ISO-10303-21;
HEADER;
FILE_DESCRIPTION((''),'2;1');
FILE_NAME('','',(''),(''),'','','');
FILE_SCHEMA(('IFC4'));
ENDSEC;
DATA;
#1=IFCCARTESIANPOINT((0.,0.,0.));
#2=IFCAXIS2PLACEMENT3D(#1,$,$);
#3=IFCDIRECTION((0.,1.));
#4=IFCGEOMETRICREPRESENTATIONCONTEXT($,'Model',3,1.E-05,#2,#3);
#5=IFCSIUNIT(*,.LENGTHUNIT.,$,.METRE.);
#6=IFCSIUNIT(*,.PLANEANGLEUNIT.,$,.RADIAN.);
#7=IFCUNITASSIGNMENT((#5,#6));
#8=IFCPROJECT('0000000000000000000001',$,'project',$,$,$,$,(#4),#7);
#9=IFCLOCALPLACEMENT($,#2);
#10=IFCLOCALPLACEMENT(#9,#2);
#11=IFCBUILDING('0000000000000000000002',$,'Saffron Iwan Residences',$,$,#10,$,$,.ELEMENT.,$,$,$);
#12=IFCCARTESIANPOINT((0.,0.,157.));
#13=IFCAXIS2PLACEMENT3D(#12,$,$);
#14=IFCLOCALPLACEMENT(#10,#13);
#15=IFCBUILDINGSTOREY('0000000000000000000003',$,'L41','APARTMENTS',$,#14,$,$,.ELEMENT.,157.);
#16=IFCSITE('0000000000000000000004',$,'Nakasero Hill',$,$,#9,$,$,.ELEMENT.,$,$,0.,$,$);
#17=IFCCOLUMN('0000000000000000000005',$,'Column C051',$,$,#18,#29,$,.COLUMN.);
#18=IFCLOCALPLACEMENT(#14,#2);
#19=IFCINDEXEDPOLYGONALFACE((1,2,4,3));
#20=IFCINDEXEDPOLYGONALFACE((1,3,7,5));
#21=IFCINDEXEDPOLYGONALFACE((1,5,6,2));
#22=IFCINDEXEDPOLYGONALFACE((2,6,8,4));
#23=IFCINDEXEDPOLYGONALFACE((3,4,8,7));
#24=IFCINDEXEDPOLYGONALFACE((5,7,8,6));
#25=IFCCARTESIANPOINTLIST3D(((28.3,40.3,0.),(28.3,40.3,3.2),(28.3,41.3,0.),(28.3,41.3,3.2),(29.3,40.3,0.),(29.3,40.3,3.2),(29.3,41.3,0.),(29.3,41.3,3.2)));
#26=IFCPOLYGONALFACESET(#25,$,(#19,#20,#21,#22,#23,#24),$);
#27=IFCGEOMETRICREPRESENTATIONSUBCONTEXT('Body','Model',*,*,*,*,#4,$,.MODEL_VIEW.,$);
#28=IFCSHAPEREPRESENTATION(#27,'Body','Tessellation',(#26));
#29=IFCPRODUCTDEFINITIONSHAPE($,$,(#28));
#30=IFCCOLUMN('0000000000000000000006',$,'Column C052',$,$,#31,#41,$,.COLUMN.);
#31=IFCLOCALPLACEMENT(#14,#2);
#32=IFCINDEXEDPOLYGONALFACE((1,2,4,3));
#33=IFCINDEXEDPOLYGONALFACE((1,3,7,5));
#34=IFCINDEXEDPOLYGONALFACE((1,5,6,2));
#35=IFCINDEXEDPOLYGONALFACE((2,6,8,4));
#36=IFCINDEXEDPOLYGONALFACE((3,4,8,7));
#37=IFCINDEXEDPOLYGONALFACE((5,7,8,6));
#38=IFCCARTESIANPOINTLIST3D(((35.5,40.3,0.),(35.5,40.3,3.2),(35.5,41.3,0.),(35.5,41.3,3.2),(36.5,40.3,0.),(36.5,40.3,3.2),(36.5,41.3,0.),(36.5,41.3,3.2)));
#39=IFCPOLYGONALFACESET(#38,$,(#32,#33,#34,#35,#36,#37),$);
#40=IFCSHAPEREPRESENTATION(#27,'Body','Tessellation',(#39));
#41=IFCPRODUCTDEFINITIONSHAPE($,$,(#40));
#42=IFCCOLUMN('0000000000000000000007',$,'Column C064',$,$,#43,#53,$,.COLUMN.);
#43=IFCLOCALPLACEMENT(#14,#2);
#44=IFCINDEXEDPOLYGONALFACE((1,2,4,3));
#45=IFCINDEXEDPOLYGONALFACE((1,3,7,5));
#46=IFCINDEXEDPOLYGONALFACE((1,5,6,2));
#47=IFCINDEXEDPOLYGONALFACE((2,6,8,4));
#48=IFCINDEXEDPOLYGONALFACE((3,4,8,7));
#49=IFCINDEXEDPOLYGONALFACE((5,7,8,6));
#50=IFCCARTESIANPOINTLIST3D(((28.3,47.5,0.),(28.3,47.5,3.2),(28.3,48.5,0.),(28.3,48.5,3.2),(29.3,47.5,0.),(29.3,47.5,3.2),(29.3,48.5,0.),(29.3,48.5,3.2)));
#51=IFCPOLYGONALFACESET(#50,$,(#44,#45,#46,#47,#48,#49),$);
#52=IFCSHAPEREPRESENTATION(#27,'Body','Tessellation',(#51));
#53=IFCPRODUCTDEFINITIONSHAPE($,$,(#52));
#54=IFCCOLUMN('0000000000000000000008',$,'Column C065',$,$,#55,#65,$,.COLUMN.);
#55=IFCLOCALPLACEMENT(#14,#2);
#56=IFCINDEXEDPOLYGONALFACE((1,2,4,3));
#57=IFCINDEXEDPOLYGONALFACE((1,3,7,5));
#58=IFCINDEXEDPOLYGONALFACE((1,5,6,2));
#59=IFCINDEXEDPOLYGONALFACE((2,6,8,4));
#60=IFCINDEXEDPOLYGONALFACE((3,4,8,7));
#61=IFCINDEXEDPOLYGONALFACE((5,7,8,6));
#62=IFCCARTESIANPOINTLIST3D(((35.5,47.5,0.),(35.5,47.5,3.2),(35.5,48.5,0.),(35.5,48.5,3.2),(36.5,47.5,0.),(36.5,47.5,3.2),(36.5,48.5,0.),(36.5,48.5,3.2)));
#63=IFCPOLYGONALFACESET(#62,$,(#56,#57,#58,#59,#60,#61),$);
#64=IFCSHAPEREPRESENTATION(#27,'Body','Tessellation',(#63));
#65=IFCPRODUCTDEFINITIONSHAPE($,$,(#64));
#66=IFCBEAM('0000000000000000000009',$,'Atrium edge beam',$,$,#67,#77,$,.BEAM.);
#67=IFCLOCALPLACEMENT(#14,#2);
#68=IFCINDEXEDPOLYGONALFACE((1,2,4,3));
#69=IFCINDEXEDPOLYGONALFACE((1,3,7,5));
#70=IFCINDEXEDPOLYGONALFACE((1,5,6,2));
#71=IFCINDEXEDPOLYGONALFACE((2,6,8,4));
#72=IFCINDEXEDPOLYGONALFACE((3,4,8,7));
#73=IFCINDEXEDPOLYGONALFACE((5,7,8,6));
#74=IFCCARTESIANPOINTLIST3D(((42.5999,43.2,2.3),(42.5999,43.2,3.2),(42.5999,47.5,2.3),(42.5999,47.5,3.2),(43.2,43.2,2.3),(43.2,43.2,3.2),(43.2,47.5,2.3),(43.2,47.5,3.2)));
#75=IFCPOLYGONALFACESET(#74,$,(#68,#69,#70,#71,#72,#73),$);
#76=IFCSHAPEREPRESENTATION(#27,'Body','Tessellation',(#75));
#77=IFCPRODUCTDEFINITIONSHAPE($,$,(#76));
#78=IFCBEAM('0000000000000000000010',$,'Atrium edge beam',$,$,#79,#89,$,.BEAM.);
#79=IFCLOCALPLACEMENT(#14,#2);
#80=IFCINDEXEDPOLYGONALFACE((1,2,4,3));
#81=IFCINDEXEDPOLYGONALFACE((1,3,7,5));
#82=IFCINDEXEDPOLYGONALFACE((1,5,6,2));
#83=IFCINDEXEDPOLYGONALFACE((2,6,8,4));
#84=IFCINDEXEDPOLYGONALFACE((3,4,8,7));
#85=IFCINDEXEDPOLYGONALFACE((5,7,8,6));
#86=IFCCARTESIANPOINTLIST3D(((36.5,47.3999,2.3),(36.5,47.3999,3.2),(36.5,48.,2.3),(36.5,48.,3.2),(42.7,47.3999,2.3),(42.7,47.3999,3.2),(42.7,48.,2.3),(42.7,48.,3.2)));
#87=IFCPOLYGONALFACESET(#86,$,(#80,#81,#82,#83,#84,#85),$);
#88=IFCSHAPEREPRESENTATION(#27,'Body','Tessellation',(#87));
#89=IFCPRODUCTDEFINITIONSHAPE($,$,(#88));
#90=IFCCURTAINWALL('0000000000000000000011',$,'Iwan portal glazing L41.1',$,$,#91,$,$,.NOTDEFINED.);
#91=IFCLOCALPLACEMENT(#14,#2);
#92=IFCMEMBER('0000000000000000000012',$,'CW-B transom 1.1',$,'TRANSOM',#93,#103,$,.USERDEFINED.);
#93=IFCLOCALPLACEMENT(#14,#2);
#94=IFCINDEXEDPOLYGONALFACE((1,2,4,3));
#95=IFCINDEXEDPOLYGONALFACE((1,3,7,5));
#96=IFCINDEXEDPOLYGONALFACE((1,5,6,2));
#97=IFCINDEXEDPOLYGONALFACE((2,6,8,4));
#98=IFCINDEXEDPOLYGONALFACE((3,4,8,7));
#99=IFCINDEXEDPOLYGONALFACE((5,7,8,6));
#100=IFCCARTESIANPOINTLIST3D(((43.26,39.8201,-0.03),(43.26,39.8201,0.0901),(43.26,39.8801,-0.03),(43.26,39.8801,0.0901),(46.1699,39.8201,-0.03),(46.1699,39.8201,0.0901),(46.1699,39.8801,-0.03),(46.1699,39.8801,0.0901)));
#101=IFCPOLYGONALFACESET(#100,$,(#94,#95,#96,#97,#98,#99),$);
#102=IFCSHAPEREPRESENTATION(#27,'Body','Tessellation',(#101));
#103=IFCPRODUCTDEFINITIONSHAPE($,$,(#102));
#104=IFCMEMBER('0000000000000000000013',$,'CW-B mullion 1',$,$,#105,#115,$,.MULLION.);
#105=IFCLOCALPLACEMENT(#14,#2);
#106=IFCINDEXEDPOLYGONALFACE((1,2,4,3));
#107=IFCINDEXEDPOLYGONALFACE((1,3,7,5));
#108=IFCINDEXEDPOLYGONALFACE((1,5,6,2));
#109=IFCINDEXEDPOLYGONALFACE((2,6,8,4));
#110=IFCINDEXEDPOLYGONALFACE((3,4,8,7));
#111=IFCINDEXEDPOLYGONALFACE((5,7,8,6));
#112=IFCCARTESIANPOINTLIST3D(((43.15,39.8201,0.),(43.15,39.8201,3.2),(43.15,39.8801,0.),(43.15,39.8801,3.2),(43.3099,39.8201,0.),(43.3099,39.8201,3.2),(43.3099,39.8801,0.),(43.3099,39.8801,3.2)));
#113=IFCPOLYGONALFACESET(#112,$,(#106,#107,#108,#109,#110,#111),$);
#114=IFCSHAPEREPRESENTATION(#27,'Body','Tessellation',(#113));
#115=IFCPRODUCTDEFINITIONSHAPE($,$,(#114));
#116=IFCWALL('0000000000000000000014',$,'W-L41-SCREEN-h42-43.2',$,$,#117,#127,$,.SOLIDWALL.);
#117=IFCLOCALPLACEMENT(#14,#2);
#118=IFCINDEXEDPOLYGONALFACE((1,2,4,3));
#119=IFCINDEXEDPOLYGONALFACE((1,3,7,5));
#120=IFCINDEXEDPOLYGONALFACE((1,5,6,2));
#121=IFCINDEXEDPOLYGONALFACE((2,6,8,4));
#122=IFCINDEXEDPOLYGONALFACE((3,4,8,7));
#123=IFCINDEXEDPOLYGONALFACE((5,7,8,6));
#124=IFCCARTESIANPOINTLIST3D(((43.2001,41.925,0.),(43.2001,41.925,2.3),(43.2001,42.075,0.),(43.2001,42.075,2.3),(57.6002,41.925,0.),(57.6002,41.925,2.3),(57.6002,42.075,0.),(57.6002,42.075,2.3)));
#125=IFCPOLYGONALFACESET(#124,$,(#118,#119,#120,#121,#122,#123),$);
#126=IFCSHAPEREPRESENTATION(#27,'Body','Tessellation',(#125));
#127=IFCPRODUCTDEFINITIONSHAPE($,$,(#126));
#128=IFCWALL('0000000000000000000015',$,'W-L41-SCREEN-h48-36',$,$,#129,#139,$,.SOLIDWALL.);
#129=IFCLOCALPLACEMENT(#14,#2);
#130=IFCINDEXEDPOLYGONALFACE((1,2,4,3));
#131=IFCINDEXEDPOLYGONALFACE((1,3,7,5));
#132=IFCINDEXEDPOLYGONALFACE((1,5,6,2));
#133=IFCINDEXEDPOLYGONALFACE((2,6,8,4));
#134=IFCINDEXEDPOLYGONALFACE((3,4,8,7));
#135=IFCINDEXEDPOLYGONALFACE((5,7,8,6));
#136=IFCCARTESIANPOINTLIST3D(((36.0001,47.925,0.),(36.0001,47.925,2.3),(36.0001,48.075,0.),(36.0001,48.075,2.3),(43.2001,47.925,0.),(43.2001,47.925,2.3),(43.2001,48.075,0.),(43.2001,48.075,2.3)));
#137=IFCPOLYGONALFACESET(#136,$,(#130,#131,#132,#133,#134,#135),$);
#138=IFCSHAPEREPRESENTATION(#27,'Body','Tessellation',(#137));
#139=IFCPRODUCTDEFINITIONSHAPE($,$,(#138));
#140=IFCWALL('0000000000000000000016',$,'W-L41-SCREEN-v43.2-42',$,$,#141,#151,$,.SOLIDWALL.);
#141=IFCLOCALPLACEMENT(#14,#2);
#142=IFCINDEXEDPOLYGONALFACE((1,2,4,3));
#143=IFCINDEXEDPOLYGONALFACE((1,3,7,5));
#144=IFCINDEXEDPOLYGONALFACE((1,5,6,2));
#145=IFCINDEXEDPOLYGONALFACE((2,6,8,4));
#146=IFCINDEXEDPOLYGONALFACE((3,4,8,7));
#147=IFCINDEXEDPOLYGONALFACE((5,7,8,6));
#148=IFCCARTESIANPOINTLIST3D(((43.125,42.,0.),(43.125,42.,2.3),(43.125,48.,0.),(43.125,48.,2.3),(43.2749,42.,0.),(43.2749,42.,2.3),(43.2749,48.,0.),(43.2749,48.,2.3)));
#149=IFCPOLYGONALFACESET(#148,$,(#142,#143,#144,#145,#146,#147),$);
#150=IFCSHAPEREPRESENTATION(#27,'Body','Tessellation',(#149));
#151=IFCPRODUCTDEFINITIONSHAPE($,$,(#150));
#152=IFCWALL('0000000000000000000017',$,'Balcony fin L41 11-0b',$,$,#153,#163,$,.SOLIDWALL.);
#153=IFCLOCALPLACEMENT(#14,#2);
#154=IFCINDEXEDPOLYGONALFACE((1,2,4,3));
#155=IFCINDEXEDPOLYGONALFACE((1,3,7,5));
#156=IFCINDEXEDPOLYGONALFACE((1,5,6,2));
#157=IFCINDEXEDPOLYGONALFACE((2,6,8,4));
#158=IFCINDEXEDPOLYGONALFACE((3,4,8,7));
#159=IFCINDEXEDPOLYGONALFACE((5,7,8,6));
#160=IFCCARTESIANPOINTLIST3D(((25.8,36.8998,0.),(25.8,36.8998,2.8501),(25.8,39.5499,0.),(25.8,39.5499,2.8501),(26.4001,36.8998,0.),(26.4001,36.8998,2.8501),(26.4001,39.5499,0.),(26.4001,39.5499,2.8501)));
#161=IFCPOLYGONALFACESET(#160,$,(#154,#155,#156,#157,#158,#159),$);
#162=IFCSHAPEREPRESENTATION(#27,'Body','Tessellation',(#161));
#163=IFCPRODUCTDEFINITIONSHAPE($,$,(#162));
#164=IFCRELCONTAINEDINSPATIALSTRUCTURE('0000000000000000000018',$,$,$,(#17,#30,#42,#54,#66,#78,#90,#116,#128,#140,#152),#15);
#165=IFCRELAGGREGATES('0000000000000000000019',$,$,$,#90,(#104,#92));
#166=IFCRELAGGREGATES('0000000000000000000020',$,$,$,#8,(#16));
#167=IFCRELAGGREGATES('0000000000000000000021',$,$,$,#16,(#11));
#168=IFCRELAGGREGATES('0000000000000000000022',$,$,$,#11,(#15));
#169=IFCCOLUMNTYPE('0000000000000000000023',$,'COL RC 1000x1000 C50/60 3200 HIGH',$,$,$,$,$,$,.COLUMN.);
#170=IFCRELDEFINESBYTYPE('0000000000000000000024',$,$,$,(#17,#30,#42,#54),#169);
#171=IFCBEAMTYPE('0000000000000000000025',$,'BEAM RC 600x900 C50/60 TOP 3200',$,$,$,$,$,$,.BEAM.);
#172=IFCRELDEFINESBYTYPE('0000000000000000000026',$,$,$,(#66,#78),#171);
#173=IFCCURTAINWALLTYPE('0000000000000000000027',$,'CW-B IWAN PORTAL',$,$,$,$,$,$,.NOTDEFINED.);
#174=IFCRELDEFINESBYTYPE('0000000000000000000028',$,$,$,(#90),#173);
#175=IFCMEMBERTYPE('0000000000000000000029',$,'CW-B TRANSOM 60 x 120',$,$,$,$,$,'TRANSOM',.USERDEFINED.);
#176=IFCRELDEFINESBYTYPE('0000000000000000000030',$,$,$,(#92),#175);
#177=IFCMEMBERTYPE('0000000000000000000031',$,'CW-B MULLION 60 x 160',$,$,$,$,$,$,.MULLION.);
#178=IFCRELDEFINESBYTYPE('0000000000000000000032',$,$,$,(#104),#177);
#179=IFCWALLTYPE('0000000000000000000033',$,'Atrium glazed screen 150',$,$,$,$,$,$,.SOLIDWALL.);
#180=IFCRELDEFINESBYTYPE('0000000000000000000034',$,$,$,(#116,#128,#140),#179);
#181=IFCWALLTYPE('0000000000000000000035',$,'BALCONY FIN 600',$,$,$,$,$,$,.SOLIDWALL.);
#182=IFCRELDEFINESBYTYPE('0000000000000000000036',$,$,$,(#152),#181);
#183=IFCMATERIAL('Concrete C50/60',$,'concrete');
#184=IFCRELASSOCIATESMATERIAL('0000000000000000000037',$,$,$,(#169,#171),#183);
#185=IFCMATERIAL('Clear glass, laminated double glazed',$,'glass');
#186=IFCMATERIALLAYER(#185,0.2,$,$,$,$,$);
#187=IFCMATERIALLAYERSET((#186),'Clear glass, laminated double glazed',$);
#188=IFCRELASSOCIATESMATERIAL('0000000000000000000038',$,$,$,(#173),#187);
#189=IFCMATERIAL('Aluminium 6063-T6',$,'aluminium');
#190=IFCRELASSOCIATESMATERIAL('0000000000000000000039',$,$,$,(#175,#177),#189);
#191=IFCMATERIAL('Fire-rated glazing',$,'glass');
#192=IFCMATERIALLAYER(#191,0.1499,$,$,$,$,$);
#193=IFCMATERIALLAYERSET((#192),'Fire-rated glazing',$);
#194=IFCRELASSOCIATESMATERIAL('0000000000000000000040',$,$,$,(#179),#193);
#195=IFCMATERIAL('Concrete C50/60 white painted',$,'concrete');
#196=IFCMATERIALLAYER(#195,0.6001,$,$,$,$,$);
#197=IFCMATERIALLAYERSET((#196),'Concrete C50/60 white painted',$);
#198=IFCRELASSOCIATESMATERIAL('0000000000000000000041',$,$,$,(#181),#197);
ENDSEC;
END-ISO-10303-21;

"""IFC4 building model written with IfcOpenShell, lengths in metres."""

from ifc_helpers import new_model, si_unit, direction, frame, frame_2d, origin, origin_2d, place, context, subcontext, project, spatial, rectangle, extrude, source, transform, mapped, material, layer, layer_set, material_profile, profile_set, type_object, element, aggregate, save


model = new_model("IFC4")

# Units and contexts
model_context = context("Model", 3, precision=1e-05, world=origin(), true_north=direction((0.0, 1.0)))
body_context = subcontext(model_context, "Body", "Model", "MODEL_VIEW")
ifc_project = project(units=[si_unit("LENGTHUNIT", "METRE"), si_unit("PLANEANGLEUNIT", "RADIAN")], contexts=[model_context])

# Site, building, storey
site_placement = place(None, origin())
site = spatial("IfcSite", under=ifc_project, at=site_placement, Name="Nakasero Hill", CompositionType="ELEMENT", RefElevation=0.0)
building_placement = place(site_placement, origin())
building = spatial("IfcBuilding", under=site, at=building_placement, Name="Saffron Iwan Residences", CompositionType="ELEMENT")
storey_placement = place(building_placement, frame((0.0, 0.0, 157.0)))
storey = spatial("IfcBuildingStorey", under=building, at=storey_placement, Name="L41", Description="APARTMENTS", CompositionType="ELEMENT", Elevation=157.0)

# Columns
ifc_material_1 = material(Name="Concrete C50/60", Category="concrete")
ifc_material_profile_1 = material_profile(ifc_material_1, rectangle(XDim=1.0, YDim=1.0, at=origin_2d()), Name="RC 1000x1000")
ifc_profile_set_1 = profile_set([ifc_material_profile_1], Name="Concrete C50/60")
column_type = type_object("IfcColumnType", Name="COL RC 1000x1000 C50/60 3200 HIGH", PredefinedType="COLUMN", material=ifc_profile_set_1)
shared_shape_1 = source(origin(), body_context, "Body", "SweptSolid", [
    extrude(rectangle(XDim=1.0, YDim=1.0, at=origin_2d()), origin(), (0.0, 0.0, 1.0), 3.2),
])
for number, where, z_axis, x_axis, name in (
    (1, (28.8, 40.8, 0.0), (0.0, 0.0, 1.0), (1.0, 0.0, 0.0), "Column C051"),
    (2, (36.0, 40.8, 0.0), (0.0, 0.0, 1.0), (1.0, 0.0, 0.0), "Column C052"),
    (3, (28.8, 48.0, 0.0), (0.0, 0.0, 1.0), (1.0, 0.0, 0.0), "Column C064"),
    (4, (36.0, 48.0, 0.0), (0.0, 0.0, 1.0), (1.0, 0.0, 0.0), "Column C065"),
):
    element("IfcColumn", number, at=place(storey_placement, frame(where, z_axis=z_axis, x_axis=x_axis)), inside=storey, type_object=column_type, Name=name, PredefinedType="COLUMN", context=body_context, shape_type="MappedRepresentation", body=[
        mapped(shared_shape_1, transform((0.0, 0.0, 0.0))),
    ])

# Beams
ifc_material_profile_2 = material_profile(ifc_material_1, rectangle(XDim=0.6001, YDim=0.8999, at=origin_2d()), Name="RC 600x900")
ifc_profile_set_2 = profile_set([ifc_material_profile_2], Name="Concrete C50/60")
beam_type = type_object("IfcBeamType", Name="BEAM RC 600x900 C50/60 TOP 3200", PredefinedType="BEAM", material=ifc_profile_set_2)
shared_shape_2 = source(origin(), body_context, "Body", "SweptSolid", [
    extrude(rectangle(XDim=0.6001, YDim=0.8999, at=origin_2d()), origin(), (0.0, 0.0, 1.0), 4.3),
])
beam_1_placement = place(storey_placement, frame((42.8999, 43.2, 2.75), z_axis=(0.0, 1.0, 0.0), x_axis=(-1.0, 0.0, 0.0)))
element("IfcBeam", 5, at=beam_1_placement, inside=storey, type_object=beam_type, Name="Atrium edge beam", PredefinedType="BEAM", context=body_context, shape_type="MappedRepresentation", body=[
    mapped(shared_shape_2, transform((0.0, 0.0, 0.0))),
])
shared_shape_3 = source(origin(), body_context, "Body", "SweptSolid", [
    extrude(rectangle(XDim=0.6001, YDim=0.8999, at=origin_2d()), origin(), (0.0, 0.0, 1.0), 6.2),
])
beam_2_placement = place(storey_placement, frame((42.7, 47.7, 2.75), z_axis=(-1.0, 0.0, 0.0), x_axis=(0.0, -1.0, 0.0)))
element("IfcBeam", 6, at=beam_2_placement, inside=storey, type_object=beam_type, Name="Atrium edge beam", PredefinedType="BEAM", context=body_context, shape_type="MappedRepresentation", body=[
    mapped(shared_shape_3, transform((0.0, 0.0, 0.0))),
])

# Curtain wall, members
ifc_material_2 = material(Name="Clear glass, laminated double glazed", Category="glass")
ifc_layer_1 = layer(ifc_material_2, 0.2)
ifc_layer_set_1 = layer_set([ifc_layer_1], Name="Clear glass, laminated double glazed")
curtain_wall_type = type_object("IfcCurtainWallType", Name="CW-B IWAN PORTAL", PredefinedType="NOTDEFINED", material=ifc_layer_set_1)
curtain_wall_placement = place(storey_placement, origin())
curtain_wall = element("IfcCurtainWall", 7, at=curtain_wall_placement, inside=storey, type_object=curtain_wall_type, Name="Iwan portal glazing L41.1", PredefinedType="NOTDEFINED")
ifc_material_3 = material(Name="Aluminium 6063-T6", Category="aluminium")
ifc_material_profile_3 = material_profile(ifc_material_3, rectangle(XDim=0.0601, YDim=0.1201, at=origin_2d()), Name="CW-B TRANSOM 60 x 120")
ifc_profile_set_3 = profile_set([ifc_material_profile_3], Name="Aluminium 6063-T6")
member_type_1 = type_object("IfcMemberType", Name="CW-B TRANSOM 60 x 120", ElementType="TRANSOM", PredefinedType="USERDEFINED", material=ifc_profile_set_3)
shared_shape_4 = source(origin(), body_context, "Body", "SweptSolid", [
    extrude(rectangle(XDim=0.0601, YDim=0.1201, at=origin_2d()), origin(), (0.0, 0.0, 1.0), 2.9099),
])
member_1_placement = place(storey_placement, frame((43.26, 39.8501, 0.03), z_axis=(1.0, 0.0, 0.0), x_axis=(0.0, 1.0, 0.0)))
member_1 = element("IfcMember", 8, at=member_1_placement, type_object=member_type_1, Name="CW-B transom 1.1", ObjectType="TRANSOM", PredefinedType="USERDEFINED", context=body_context, shape_type="MappedRepresentation", body=[
    mapped(shared_shape_4, transform((0.0, 0.0, 0.0))),
])
ifc_material_profile_4 = material_profile(ifc_material_3, rectangle(XDim=0.0601, YDim=0.1599, at=origin_2d()), Name="CW-B MULLION 60 x 160")
ifc_profile_set_4 = profile_set([ifc_material_profile_4], Name="Aluminium 6063-T6")
member_type_2 = type_object("IfcMemberType", Name="CW-B MULLION 60 x 160", PredefinedType="MULLION", material=ifc_profile_set_4)
shared_shape_5 = source(origin(), body_context, "Body", "SweptSolid", [
    extrude(rectangle(XDim=0.0601, YDim=0.1599, at=origin_2d()), origin(), (0.0, 0.0, 1.0), 3.2),
])
member_2_placement = place(storey_placement, frame((43.23, 39.8501, 0.0), z_axis=(0.0, 0.0, 1.0), x_axis=(0.0, 1.0, 0.0)))
member_2 = element("IfcMember", 9, at=member_2_placement, type_object=member_type_2, Name="CW-B mullion 1", PredefinedType="MULLION", context=body_context, shape_type="MappedRepresentation", body=[
    mapped(shared_shape_5, transform((0.0, 0.0, 0.0))),
])
aggregate(curtain_wall, [member_2, member_1])

# Walls
ifc_material_4 = material(Name="Fire-rated glazing", Category="glass")
ifc_layer_2 = layer(ifc_material_4, 0.1499)
ifc_layer_set_2 = layer_set([ifc_layer_2], Name="Fire-rated glazing")
wall_type_1 = type_object("IfcWallType", Name="Atrium glazed screen 150", PredefinedType="SOLIDWALL", material=ifc_layer_set_2)
wall_1_placement = place(storey_placement, frame((43.2, 42.0, 0.0), z_axis=(0.0, 0.0, 1.0), x_axis=(1.0, 0.0, 0.0)))
element("IfcWall", 10, at=wall_1_placement, inside=storey, type_object=wall_type_1, Name="W-L41-SCREEN-h42-43.2", PredefinedType="SOLIDWALL", context=body_context, shape_type="SweptSolid", body=[
    extrude(rectangle(XDim=14.4001, YDim=0.1499, at=frame_2d((7.2002, 0.0))), origin(), (0.0, 0.0, 1.0), 2.3),
])
wall_2_placement = place(storey_placement, frame((36.0, 48.0, 0.0), z_axis=(0.0, 0.0, 1.0), x_axis=(1.0, 0.0, 0.0)))
element("IfcWall", 11, at=wall_2_placement, inside=storey, type_object=wall_type_1, Name="W-L41-SCREEN-h48-36", PredefinedType="SOLIDWALL", context=body_context, shape_type="SweptSolid", body=[
    extrude(rectangle(XDim=7.2, YDim=0.1499, at=frame_2d((3.6001, 0.0))), origin(), (0.0, 0.0, 1.0), 2.3),
])
wall_3_placement = place(storey_placement, frame((43.2, 42.0, 0.0), z_axis=(0.0, 0.0, 1.0), x_axis=(0.0, 1.0, 0.0)))
element("IfcWall", 12, at=wall_3_placement, inside=storey, type_object=wall_type_1, Name="W-L41-SCREEN-v43.2-42", PredefinedType="SOLIDWALL", context=body_context, shape_type="SweptSolid", body=[
    extrude(rectangle(XDim=6.0, YDim=0.1499, at=frame_2d((3.0, 0.0))), origin(), (0.0, 0.0, 1.0), 2.3),
])
ifc_material_5 = material(Name="Concrete C50/60 white painted", Category="concrete")
ifc_layer_3 = layer(ifc_material_5, 0.6001)
ifc_layer_set_3 = layer_set([ifc_layer_3], Name="Concrete C50/60 white painted")
wall_type_2 = type_object("IfcWallType", Name="BALCONY FIN 600", PredefinedType="SOLIDWALL", material=ifc_layer_set_3)
wall_4_placement = place(storey_placement, frame((26.1001, 39.55, 0.0), z_axis=(0.0, 0.0, 1.0), x_axis=(0.0, -1.0, 0.0)))
element("IfcWall", 13, at=wall_4_placement, inside=storey, type_object=wall_type_2, Name="Balcony fin L41 11-0b", PredefinedType="SOLIDWALL", context=body_context, shape_type="SweptSolid", body=[
    extrude(rectangle(XDim=2.6501, YDim=0.6001, at=frame_2d((1.3252, 0.0))), origin(), (0.0, 0.0, 1.0), 2.8501),
])

save(model, "model.ifc")
